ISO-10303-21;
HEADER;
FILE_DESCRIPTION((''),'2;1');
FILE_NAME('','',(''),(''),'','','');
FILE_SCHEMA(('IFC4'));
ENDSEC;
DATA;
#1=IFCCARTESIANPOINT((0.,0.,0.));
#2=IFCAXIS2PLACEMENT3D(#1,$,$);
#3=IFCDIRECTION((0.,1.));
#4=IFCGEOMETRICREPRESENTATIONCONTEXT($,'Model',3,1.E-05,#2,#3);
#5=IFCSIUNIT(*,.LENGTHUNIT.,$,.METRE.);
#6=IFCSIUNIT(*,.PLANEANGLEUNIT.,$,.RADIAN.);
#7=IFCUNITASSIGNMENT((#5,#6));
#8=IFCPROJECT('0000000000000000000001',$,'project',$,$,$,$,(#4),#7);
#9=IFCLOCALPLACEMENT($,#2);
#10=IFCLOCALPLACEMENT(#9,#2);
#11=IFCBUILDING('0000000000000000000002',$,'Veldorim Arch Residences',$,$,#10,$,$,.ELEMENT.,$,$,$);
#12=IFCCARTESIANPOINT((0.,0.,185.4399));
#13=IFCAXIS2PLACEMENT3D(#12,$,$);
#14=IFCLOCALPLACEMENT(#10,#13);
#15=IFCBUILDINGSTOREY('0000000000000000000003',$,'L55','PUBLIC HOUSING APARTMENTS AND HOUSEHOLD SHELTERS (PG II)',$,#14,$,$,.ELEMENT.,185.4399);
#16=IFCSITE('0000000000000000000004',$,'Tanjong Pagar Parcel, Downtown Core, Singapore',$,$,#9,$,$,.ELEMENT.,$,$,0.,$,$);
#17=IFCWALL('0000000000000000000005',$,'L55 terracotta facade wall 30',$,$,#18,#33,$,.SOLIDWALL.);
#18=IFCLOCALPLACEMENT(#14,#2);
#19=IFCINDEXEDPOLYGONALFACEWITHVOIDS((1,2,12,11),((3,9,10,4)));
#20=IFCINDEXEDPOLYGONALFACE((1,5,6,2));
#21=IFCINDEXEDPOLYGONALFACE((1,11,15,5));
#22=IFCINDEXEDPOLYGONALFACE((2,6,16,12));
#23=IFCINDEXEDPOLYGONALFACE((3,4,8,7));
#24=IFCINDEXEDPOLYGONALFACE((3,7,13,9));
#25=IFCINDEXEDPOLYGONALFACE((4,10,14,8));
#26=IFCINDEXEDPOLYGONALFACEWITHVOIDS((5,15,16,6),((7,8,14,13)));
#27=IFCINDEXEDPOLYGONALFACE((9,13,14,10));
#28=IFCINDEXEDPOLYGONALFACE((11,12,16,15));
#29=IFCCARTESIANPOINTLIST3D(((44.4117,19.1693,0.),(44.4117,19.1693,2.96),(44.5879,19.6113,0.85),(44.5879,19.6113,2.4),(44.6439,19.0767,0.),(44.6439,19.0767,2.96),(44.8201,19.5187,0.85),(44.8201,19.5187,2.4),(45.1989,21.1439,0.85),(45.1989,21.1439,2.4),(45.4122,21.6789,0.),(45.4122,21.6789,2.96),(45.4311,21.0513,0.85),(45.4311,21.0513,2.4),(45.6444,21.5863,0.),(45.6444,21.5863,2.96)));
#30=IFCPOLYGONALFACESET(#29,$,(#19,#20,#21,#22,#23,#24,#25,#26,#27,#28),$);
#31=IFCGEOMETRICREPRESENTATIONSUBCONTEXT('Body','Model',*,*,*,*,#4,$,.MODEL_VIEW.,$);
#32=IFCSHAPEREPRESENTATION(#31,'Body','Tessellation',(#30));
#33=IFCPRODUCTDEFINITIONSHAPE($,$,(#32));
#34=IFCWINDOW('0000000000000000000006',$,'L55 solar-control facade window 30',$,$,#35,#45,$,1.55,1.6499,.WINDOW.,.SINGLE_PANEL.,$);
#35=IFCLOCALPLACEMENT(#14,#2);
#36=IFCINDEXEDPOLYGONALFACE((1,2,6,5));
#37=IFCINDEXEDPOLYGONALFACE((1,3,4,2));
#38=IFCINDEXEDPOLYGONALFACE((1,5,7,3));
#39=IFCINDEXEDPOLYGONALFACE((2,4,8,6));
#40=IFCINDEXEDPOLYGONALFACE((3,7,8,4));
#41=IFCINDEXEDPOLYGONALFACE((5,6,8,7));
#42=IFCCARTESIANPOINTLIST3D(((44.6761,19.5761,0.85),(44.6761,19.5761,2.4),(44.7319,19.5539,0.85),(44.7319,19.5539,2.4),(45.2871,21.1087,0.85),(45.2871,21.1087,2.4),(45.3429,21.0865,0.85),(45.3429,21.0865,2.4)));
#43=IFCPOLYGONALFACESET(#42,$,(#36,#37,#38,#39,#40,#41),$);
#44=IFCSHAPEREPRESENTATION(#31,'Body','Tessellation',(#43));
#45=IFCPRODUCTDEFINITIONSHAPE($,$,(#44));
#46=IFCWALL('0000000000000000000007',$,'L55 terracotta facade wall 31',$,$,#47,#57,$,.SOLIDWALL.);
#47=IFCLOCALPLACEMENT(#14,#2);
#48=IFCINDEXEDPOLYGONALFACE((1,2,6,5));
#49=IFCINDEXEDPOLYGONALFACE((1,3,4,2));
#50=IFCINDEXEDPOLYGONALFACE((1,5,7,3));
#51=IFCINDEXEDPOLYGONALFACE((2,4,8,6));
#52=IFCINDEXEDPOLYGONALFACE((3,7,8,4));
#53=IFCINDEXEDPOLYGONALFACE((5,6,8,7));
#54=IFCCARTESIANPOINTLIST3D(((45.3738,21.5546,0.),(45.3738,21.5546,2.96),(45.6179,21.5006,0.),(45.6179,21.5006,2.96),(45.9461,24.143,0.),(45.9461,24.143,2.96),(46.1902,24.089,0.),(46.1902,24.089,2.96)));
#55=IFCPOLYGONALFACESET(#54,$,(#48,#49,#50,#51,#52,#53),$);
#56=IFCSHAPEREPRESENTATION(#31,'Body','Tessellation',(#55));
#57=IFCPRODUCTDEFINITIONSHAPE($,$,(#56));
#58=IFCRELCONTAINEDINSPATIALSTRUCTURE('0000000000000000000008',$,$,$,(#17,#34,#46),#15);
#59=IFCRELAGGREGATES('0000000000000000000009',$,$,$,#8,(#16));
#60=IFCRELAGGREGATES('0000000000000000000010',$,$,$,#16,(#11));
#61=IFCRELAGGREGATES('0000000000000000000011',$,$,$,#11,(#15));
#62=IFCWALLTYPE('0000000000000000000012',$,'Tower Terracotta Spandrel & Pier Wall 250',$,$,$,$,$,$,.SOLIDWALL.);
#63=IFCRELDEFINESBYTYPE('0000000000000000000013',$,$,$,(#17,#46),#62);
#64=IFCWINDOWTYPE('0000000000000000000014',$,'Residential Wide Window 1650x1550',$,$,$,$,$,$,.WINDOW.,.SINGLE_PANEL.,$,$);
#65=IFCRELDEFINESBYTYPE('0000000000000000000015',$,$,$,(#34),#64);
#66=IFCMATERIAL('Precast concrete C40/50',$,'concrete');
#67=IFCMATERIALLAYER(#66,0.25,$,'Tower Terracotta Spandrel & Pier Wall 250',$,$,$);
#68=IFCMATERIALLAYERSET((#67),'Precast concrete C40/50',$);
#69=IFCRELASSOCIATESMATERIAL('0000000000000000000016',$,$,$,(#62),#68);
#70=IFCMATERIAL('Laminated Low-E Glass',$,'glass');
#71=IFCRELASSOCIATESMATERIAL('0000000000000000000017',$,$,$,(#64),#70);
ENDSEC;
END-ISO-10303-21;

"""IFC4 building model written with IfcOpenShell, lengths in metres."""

from ifc_helpers import new_model, si_unit, direction, frame, frame_2d, origin, place, context, subcontext, project, spatial, rectangle, extrude, material, layer, layer_set, type_object, element, fill, save


model = new_model("IFC4")

# Units and contexts
model_context = context("Model", 3, precision=1e-05, world=origin(), true_north=direction((0.0, 1.0)))
body_context = subcontext(model_context, "Body", "Model", "MODEL_VIEW")
ifc_project = project(units=[si_unit("LENGTHUNIT", "METRE"), si_unit("PLANEANGLEUNIT", "RADIAN")], contexts=[model_context])

# Site, building, storey
site_placement = place(None, origin())
site = spatial("IfcSite", under=ifc_project, at=site_placement, Name="Tanjong Pagar Parcel, Downtown Core, Singapore", CompositionType="ELEMENT", RefElevation=0.0)
building_placement = place(site_placement, origin())
building = spatial("IfcBuilding", under=site, at=building_placement, Name="Veldorim Arch Residences", CompositionType="ELEMENT")
storey_placement = place(building_placement, frame((0.0, 0.0, 185.4399)))
storey = spatial("IfcBuildingStorey", under=building, at=storey_placement, Name="L55", Description="PUBLIC HOUSING APARTMENTS AND HOUSEHOLD SHELTERS (PG II)", CompositionType="ELEMENT", Elevation=185.4399)

# Shared definitions
ifc_material_1 = material(Name="Precast concrete C40/50", Category="concrete")
ifc_layer_1 = layer(ifc_material_1, 0.25, Name="Tower Terracotta Spandrel & Pier Wall 250")
ifc_layer_set_1 = layer_set([ifc_layer_1], Name="Precast concrete C40/50")
wall_type_1 = type_object("IfcWallType", Name="Tower Terracotta Spandrel & Pier Wall 250", PredefinedType="SOLIDWALL", material=ifc_layer_set_1)

# Wall, opening, window
wall_1_placement = place(storey_placement, frame((45.5283, 21.6326, 0.0), z_axis=(0.0, 0.0, 1.0), x_axis=(-0.370331, -0.9289, 0.0)))
wall_1 = element("IfcWall", 1, at=wall_1_placement, inside=storey, type_object=wall_type_1, Name="L55 terracotta facade wall 30", PredefinedType="SOLIDWALL", context=body_context, shape_type="SweptSolid", body=[
    extrude(rectangle(XDim=2.7017, YDim=0.25, at=frame_2d((1.3508, 0.0))), origin(), (0.0, 0.0, 1.0), 2.96),
])
opening_1_placement = place(wall_1_placement, frame((0.5759, 0.0, 0.8501)))
opening_1 = element("IfcOpeningElement", 2, at=opening_1_placement, cuts=wall_1, PredefinedType="OPENING", context=body_context, shape_type="SweptSolid", body=[
    extrude(rectangle(XDim=1.6499, YDim=1.55, at=frame_2d((0.825, 0.7749))), frame((0.0, 0.135, 0.0), z_axis=(0.0, -1.0, 0.0), x_axis=(1.0, 0.0, 0.0)), (0.0, 0.0, 1.0), 0.27),
])
ifc_material_2 = material(Name="Laminated Low-E Glass", Category="glass")
window_type = type_object("IfcWindowType", Name="Residential Wide Window 1650x1550", PartitioningType="SINGLE_PANEL", PredefinedType="WINDOW", material=ifc_material_2)
window_placement = place(opening_1_placement, origin())
window = element("IfcWindow", 3, at=window_placement, inside=storey, type_object=window_type, Name="L55 solar-control facade window 30", OverallHeight=1.55, OverallWidth=1.6499, PartitioningType="SINGLE_PANEL", PredefinedType="WINDOW", context=body_context, shape_type="SweptSolid", body=[
    extrude(rectangle(XDim=1.6499, YDim=1.55, at=frame_2d((0.825, 0.7749))), frame((0.0, 0.03, 0.0), z_axis=(0.0, -1.0, 0.0), x_axis=(1.0, 0.0, 0.0)), (0.0, 0.0, 1.0), 0.0601),
])
fill(opening_1, window)

# Wall
wall_2_placement = place(storey_placement, frame((46.0681, 24.116, 0.0), z_axis=(0.0, 0.0, 1.0), x_axis=(-0.215877, -0.976421, 0.0)))
element("IfcWall", 4, at=wall_2_placement, inside=storey, type_object=wall_type_1, Name="L55 terracotta facade wall 31", PredefinedType="SOLIDWALL", context=body_context, shape_type="SweptSolid", body=[
    extrude(rectangle(XDim=2.6509, YDim=0.25, at=frame_2d((1.3254, 0.0))), origin(), (0.0, 0.0, 1.0), 2.96),
])

save(model, "model.ifc")
